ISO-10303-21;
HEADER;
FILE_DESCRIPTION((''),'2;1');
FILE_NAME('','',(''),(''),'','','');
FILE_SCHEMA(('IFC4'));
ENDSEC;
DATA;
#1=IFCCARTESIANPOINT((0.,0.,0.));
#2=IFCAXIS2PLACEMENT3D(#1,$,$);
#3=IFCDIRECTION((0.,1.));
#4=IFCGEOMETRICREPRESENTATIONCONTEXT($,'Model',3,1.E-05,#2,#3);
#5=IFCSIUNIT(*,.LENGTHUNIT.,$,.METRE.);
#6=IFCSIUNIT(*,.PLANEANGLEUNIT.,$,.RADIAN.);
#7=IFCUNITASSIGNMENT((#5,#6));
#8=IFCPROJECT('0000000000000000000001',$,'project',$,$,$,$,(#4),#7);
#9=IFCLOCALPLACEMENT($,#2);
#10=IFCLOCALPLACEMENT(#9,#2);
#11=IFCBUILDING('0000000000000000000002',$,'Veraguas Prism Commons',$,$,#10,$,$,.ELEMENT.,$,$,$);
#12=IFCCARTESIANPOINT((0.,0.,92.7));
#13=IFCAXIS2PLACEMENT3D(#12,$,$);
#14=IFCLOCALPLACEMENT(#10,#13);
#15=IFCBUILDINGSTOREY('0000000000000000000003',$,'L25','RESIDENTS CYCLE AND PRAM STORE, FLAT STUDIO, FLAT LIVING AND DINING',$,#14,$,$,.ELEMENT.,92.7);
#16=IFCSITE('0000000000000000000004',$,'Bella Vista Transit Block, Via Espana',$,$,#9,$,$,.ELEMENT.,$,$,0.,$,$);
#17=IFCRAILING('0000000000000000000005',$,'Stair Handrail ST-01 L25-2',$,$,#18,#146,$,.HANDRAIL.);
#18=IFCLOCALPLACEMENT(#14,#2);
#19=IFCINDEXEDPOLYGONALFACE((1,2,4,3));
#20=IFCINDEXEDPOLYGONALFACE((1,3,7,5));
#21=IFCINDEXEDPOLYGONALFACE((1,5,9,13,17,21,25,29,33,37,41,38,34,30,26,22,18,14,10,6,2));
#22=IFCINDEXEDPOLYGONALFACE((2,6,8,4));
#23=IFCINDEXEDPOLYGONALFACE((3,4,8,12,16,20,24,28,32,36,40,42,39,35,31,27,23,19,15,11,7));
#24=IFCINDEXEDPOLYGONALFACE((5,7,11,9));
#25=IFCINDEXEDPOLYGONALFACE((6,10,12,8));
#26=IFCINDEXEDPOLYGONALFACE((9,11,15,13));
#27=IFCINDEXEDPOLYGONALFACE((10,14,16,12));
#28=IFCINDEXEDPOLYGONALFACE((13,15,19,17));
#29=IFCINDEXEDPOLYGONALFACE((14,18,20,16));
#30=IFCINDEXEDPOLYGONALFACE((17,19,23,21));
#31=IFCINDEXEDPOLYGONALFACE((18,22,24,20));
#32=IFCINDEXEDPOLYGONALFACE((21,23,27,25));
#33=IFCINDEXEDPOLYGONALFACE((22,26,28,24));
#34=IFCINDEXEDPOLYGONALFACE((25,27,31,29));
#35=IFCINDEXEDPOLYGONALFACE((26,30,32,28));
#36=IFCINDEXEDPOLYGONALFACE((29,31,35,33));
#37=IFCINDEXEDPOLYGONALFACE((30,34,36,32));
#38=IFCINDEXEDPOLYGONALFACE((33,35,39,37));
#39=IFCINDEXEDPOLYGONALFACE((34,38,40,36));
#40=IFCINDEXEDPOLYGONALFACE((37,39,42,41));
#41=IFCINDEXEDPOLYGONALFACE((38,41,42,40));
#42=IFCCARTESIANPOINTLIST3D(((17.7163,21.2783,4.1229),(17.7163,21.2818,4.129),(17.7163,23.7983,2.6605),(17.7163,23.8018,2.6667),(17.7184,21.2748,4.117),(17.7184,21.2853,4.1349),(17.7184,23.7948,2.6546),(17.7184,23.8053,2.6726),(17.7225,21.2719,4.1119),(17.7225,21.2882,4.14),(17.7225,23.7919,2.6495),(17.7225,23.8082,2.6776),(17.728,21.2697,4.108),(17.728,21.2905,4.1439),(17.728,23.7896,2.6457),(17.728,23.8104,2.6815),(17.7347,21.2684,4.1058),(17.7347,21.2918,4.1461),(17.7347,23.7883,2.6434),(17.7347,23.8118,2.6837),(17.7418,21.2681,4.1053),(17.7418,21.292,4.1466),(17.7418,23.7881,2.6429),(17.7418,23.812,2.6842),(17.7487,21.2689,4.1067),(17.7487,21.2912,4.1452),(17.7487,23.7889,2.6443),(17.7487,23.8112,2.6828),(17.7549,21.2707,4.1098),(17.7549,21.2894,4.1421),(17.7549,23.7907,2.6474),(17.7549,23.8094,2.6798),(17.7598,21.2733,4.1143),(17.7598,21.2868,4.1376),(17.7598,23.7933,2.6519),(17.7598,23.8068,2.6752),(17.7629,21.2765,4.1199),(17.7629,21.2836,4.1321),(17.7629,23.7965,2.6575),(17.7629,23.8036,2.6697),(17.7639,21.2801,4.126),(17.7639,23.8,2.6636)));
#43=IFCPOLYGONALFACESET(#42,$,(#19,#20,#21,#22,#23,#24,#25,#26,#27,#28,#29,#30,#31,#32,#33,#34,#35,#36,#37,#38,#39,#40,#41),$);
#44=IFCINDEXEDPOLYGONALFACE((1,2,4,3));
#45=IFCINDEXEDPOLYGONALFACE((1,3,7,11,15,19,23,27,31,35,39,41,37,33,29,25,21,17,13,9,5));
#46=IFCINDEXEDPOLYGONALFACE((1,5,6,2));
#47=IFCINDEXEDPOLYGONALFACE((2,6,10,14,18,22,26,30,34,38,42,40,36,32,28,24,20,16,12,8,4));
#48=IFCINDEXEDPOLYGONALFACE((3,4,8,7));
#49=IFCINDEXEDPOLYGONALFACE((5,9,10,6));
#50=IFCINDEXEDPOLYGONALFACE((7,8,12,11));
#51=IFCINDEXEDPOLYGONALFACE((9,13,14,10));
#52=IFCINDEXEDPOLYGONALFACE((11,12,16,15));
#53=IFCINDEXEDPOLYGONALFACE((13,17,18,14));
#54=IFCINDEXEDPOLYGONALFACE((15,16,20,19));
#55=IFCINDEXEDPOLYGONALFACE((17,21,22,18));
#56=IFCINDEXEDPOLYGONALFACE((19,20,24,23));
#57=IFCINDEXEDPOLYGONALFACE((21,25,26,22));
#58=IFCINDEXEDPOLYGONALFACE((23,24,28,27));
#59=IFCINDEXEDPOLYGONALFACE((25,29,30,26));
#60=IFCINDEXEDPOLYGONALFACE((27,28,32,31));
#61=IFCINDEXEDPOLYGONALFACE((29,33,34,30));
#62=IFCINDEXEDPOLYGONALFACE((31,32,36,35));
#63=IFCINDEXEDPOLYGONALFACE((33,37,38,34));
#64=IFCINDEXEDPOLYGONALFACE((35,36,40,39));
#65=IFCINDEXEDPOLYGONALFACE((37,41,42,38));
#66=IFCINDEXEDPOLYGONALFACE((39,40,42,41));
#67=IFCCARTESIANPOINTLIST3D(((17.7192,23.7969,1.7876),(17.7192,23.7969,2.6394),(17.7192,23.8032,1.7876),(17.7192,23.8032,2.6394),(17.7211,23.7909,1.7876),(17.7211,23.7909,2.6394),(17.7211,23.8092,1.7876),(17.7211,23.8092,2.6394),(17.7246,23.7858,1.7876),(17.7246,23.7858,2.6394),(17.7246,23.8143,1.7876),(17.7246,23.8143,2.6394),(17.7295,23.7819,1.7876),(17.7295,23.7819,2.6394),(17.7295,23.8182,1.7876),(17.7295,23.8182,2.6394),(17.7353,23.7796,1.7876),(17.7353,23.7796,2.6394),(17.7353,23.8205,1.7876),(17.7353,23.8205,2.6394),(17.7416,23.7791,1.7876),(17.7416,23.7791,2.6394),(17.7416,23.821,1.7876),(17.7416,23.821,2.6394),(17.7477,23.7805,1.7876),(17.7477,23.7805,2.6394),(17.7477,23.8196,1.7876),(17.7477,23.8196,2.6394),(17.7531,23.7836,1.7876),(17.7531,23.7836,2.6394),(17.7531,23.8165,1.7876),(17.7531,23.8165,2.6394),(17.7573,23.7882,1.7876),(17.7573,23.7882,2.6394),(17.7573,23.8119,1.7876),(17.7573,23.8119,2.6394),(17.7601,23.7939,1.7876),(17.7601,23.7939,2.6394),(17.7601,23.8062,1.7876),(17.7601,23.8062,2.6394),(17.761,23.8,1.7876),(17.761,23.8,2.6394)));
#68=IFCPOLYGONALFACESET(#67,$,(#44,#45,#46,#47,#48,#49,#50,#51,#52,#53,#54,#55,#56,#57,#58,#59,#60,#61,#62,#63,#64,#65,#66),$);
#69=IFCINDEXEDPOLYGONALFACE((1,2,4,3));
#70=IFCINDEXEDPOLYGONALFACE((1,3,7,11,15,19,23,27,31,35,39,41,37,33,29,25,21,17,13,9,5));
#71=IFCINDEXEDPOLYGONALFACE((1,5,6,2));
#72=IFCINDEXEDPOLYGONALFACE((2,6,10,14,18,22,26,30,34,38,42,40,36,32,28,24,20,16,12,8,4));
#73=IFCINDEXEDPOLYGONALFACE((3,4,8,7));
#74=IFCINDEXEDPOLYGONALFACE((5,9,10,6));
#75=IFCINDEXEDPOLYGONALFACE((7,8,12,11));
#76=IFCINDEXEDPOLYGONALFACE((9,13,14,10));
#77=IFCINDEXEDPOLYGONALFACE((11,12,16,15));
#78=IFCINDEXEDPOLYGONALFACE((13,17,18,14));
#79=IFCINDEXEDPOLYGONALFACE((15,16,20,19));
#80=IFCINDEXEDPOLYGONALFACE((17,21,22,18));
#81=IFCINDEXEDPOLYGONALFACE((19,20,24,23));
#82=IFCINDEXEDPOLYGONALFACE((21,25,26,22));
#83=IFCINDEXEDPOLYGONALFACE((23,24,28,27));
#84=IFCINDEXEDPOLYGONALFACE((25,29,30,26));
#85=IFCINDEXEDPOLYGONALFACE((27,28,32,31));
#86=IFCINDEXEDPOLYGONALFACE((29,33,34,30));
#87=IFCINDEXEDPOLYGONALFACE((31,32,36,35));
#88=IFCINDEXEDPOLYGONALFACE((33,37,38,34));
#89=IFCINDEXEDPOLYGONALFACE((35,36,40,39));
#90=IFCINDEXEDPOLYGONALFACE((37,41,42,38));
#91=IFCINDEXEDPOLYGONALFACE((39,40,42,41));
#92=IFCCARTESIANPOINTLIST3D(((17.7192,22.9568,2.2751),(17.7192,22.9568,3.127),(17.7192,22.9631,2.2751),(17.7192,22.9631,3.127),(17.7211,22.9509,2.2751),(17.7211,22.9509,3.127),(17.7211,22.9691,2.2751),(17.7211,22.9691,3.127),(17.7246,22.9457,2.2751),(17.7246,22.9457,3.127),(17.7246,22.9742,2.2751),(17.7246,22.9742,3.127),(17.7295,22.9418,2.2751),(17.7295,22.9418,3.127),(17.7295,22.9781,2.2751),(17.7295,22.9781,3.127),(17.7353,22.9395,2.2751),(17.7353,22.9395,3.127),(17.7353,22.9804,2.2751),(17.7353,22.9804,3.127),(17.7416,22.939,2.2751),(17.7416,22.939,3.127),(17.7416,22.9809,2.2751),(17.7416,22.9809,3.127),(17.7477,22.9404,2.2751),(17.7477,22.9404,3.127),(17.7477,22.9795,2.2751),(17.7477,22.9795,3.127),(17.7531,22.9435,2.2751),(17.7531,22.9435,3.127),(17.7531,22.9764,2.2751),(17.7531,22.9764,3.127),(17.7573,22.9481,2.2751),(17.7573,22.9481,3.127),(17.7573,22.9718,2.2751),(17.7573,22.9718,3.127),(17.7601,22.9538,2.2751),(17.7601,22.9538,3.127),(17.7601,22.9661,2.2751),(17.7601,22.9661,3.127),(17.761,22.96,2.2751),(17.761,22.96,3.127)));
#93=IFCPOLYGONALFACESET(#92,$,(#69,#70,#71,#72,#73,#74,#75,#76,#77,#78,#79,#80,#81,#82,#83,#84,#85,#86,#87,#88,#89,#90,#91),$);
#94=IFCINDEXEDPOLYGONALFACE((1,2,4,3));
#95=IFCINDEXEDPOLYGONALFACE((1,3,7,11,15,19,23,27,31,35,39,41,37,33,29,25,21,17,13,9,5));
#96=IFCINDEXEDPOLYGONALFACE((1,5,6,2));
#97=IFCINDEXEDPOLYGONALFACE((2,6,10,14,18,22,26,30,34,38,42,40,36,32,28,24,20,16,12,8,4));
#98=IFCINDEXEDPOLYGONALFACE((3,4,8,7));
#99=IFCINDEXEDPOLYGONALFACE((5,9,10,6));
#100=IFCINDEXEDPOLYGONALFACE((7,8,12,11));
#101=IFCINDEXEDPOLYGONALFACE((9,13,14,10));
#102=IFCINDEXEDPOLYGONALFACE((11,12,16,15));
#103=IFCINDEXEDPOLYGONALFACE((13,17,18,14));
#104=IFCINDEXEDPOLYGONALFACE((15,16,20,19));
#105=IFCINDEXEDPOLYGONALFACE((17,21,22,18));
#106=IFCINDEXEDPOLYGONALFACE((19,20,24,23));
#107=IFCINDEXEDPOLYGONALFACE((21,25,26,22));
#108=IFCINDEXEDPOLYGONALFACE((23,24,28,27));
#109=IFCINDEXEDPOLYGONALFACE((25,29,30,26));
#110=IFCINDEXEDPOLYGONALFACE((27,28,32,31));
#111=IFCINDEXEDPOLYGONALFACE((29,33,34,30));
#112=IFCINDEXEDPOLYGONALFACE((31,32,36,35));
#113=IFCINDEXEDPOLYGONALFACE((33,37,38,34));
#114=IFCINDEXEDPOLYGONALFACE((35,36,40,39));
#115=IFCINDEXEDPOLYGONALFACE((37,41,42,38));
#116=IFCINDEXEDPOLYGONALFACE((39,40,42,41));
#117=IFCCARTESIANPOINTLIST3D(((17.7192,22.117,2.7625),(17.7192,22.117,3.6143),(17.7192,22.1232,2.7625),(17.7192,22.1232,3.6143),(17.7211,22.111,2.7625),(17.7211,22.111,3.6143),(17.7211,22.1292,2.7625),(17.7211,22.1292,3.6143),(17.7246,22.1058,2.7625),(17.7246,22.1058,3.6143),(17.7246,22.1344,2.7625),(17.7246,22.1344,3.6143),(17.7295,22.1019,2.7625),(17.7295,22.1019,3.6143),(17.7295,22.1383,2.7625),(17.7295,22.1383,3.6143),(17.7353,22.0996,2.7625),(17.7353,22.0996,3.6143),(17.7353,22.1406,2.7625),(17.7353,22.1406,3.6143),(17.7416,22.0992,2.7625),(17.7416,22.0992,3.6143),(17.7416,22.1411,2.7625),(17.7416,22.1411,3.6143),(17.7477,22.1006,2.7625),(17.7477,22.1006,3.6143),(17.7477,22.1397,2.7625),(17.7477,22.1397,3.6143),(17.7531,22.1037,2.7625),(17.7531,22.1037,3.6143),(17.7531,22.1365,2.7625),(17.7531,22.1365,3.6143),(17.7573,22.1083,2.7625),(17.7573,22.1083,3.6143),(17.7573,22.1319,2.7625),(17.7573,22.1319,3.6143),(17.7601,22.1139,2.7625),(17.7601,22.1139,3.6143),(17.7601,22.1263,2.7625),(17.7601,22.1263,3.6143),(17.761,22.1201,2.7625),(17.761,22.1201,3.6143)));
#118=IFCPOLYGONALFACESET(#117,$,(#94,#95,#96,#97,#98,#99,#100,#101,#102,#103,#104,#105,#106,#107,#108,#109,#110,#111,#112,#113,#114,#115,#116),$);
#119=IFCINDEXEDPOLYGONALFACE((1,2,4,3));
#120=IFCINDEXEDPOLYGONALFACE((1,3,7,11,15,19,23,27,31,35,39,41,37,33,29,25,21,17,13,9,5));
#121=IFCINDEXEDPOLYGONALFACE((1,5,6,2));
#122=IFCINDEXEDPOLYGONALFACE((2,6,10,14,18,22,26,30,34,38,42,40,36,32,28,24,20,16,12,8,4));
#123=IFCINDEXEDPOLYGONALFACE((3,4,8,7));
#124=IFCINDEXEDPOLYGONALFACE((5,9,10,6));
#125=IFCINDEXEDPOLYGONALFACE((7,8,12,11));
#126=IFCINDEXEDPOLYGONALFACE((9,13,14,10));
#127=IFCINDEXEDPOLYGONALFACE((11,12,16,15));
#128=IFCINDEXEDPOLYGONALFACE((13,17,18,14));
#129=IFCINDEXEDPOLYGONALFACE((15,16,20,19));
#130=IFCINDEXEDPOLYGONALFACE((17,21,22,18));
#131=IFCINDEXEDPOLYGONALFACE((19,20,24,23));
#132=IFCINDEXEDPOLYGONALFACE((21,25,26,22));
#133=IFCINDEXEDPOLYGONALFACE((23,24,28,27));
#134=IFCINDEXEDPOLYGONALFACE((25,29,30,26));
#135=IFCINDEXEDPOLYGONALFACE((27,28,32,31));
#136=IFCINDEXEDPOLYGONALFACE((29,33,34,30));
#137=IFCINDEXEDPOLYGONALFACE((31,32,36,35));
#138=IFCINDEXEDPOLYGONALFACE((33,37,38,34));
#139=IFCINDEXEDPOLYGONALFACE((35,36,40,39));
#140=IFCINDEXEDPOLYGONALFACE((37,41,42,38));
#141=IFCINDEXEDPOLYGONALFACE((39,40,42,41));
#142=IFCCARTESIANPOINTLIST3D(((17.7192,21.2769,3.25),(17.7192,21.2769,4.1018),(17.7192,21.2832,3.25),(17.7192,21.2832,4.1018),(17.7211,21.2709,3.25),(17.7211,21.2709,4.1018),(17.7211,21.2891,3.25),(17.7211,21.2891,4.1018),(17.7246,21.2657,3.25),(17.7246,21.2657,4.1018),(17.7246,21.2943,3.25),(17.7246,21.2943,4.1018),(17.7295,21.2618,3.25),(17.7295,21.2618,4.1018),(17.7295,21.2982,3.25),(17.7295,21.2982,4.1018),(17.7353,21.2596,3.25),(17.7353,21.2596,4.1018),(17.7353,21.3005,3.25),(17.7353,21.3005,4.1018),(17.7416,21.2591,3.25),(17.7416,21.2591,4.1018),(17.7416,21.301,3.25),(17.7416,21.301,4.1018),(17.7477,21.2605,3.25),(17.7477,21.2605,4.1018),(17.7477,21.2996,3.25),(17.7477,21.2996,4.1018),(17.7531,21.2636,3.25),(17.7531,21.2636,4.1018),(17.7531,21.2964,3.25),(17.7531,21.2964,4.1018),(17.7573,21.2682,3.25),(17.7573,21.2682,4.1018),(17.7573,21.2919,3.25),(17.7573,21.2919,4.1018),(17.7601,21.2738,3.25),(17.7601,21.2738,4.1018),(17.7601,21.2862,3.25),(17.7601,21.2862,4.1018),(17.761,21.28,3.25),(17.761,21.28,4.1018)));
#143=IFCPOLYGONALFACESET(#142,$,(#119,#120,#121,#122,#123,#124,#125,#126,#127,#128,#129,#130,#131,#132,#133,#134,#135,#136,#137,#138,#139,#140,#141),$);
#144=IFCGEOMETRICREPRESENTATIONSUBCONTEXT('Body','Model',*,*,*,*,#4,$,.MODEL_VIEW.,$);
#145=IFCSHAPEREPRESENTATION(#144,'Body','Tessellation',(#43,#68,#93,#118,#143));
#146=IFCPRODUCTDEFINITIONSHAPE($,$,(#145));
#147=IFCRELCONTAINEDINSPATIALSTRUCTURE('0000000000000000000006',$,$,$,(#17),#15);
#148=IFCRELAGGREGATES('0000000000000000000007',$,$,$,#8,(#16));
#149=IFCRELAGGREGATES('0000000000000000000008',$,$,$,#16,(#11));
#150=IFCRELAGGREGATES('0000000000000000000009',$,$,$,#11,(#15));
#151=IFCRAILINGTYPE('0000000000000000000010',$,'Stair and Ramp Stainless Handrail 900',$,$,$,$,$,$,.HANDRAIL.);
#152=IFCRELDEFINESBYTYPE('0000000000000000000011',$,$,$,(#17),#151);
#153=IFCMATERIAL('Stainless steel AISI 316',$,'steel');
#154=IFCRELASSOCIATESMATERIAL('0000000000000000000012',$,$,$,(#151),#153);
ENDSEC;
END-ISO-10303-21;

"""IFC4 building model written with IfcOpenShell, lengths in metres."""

from ifc_helpers import new_model, si_unit, direction, frame, origin, origin_2d, place, context, subcontext, project, spatial, circle, extrude, material, type_object, element, save


model = new_model("IFC4")

# Units and contexts
model_context = context("Model", 3, precision=1e-05, world=origin(), true_north=direction((0.0, 1.0)))
body_context = subcontext(model_context, "Body", "Model", "MODEL_VIEW")
ifc_project = project(units=[si_unit("LENGTHUNIT", "METRE"), si_unit("PLANEANGLEUNIT", "RADIAN")], contexts=[model_context])

# Site, building, storey
site_placement = place(None, origin())
site = spatial("IfcSite", under=ifc_project, at=site_placement, Name="Bella Vista Transit Block, Via Espana", CompositionType="ELEMENT", RefElevation=0.0)
building_placement = place(site_placement, origin())
building = spatial("IfcBuilding", under=site, at=building_placement, Name="Veraguas Prism Commons", CompositionType="ELEMENT")
storey_placement = place(building_placement, frame((0.0, 0.0, 92.7)))
storey = spatial("IfcBuildingStorey", under=building, at=storey_placement, Name="L25", Description="RESIDENTS CYCLE AND PRAM STORE, FLAT STUDIO, FLAT LIVING AND DINING", CompositionType="ELEMENT", Elevation=92.7)

# Railing
ifc_material_1 = material(Name="Stainless steel AISI 316", Category="steel")
railing_type_1 = type_object("IfcRailingType", Name="Stair and Ramp Stainless Handrail 900", PredefinedType="HANDRAIL", material=ifc_material_1)
railing_1_placement = place(storey_placement, frame((17.74, 23.8, 1.7876)))
element("IfcRailing", 1, at=railing_1_placement, inside=storey, type_object=railing_type_1, Name="Stair Handrail ST-01 L25-2", PredefinedType="HANDRAIL", context=body_context, shape_type="SweptSolid", body=[
    extrude(circle(Radius=0.0239, at=origin_2d()), frame((0.0, 0.0, 0.876), z_axis=(0.0, -0.864913, 0.501921), x_axis=(1.0, 0.0, 0.0)), (0.0, 0.0, 1.0), 2.9136),
    extrude(circle(Radius=0.021, at=origin_2d()), origin(), (0.0, 0.0, 1.0), 0.8518),
    extrude(circle(Radius=0.021, at=origin_2d()), frame((0.0, -0.8401, 0.4875)), (0.0, 0.0, 1.0), 0.8518),
    extrude(circle(Radius=0.021, at=origin_2d()), frame((0.0, -1.6799, 0.9749)), (0.0, 0.0, 1.0), 0.8518),
    extrude(circle(Radius=0.021, at=origin_2d()), frame((0.0, -2.52, 1.4624)), (0.0, 0.0, 1.0), 0.8518),
])

save(model, "model.ifc")
